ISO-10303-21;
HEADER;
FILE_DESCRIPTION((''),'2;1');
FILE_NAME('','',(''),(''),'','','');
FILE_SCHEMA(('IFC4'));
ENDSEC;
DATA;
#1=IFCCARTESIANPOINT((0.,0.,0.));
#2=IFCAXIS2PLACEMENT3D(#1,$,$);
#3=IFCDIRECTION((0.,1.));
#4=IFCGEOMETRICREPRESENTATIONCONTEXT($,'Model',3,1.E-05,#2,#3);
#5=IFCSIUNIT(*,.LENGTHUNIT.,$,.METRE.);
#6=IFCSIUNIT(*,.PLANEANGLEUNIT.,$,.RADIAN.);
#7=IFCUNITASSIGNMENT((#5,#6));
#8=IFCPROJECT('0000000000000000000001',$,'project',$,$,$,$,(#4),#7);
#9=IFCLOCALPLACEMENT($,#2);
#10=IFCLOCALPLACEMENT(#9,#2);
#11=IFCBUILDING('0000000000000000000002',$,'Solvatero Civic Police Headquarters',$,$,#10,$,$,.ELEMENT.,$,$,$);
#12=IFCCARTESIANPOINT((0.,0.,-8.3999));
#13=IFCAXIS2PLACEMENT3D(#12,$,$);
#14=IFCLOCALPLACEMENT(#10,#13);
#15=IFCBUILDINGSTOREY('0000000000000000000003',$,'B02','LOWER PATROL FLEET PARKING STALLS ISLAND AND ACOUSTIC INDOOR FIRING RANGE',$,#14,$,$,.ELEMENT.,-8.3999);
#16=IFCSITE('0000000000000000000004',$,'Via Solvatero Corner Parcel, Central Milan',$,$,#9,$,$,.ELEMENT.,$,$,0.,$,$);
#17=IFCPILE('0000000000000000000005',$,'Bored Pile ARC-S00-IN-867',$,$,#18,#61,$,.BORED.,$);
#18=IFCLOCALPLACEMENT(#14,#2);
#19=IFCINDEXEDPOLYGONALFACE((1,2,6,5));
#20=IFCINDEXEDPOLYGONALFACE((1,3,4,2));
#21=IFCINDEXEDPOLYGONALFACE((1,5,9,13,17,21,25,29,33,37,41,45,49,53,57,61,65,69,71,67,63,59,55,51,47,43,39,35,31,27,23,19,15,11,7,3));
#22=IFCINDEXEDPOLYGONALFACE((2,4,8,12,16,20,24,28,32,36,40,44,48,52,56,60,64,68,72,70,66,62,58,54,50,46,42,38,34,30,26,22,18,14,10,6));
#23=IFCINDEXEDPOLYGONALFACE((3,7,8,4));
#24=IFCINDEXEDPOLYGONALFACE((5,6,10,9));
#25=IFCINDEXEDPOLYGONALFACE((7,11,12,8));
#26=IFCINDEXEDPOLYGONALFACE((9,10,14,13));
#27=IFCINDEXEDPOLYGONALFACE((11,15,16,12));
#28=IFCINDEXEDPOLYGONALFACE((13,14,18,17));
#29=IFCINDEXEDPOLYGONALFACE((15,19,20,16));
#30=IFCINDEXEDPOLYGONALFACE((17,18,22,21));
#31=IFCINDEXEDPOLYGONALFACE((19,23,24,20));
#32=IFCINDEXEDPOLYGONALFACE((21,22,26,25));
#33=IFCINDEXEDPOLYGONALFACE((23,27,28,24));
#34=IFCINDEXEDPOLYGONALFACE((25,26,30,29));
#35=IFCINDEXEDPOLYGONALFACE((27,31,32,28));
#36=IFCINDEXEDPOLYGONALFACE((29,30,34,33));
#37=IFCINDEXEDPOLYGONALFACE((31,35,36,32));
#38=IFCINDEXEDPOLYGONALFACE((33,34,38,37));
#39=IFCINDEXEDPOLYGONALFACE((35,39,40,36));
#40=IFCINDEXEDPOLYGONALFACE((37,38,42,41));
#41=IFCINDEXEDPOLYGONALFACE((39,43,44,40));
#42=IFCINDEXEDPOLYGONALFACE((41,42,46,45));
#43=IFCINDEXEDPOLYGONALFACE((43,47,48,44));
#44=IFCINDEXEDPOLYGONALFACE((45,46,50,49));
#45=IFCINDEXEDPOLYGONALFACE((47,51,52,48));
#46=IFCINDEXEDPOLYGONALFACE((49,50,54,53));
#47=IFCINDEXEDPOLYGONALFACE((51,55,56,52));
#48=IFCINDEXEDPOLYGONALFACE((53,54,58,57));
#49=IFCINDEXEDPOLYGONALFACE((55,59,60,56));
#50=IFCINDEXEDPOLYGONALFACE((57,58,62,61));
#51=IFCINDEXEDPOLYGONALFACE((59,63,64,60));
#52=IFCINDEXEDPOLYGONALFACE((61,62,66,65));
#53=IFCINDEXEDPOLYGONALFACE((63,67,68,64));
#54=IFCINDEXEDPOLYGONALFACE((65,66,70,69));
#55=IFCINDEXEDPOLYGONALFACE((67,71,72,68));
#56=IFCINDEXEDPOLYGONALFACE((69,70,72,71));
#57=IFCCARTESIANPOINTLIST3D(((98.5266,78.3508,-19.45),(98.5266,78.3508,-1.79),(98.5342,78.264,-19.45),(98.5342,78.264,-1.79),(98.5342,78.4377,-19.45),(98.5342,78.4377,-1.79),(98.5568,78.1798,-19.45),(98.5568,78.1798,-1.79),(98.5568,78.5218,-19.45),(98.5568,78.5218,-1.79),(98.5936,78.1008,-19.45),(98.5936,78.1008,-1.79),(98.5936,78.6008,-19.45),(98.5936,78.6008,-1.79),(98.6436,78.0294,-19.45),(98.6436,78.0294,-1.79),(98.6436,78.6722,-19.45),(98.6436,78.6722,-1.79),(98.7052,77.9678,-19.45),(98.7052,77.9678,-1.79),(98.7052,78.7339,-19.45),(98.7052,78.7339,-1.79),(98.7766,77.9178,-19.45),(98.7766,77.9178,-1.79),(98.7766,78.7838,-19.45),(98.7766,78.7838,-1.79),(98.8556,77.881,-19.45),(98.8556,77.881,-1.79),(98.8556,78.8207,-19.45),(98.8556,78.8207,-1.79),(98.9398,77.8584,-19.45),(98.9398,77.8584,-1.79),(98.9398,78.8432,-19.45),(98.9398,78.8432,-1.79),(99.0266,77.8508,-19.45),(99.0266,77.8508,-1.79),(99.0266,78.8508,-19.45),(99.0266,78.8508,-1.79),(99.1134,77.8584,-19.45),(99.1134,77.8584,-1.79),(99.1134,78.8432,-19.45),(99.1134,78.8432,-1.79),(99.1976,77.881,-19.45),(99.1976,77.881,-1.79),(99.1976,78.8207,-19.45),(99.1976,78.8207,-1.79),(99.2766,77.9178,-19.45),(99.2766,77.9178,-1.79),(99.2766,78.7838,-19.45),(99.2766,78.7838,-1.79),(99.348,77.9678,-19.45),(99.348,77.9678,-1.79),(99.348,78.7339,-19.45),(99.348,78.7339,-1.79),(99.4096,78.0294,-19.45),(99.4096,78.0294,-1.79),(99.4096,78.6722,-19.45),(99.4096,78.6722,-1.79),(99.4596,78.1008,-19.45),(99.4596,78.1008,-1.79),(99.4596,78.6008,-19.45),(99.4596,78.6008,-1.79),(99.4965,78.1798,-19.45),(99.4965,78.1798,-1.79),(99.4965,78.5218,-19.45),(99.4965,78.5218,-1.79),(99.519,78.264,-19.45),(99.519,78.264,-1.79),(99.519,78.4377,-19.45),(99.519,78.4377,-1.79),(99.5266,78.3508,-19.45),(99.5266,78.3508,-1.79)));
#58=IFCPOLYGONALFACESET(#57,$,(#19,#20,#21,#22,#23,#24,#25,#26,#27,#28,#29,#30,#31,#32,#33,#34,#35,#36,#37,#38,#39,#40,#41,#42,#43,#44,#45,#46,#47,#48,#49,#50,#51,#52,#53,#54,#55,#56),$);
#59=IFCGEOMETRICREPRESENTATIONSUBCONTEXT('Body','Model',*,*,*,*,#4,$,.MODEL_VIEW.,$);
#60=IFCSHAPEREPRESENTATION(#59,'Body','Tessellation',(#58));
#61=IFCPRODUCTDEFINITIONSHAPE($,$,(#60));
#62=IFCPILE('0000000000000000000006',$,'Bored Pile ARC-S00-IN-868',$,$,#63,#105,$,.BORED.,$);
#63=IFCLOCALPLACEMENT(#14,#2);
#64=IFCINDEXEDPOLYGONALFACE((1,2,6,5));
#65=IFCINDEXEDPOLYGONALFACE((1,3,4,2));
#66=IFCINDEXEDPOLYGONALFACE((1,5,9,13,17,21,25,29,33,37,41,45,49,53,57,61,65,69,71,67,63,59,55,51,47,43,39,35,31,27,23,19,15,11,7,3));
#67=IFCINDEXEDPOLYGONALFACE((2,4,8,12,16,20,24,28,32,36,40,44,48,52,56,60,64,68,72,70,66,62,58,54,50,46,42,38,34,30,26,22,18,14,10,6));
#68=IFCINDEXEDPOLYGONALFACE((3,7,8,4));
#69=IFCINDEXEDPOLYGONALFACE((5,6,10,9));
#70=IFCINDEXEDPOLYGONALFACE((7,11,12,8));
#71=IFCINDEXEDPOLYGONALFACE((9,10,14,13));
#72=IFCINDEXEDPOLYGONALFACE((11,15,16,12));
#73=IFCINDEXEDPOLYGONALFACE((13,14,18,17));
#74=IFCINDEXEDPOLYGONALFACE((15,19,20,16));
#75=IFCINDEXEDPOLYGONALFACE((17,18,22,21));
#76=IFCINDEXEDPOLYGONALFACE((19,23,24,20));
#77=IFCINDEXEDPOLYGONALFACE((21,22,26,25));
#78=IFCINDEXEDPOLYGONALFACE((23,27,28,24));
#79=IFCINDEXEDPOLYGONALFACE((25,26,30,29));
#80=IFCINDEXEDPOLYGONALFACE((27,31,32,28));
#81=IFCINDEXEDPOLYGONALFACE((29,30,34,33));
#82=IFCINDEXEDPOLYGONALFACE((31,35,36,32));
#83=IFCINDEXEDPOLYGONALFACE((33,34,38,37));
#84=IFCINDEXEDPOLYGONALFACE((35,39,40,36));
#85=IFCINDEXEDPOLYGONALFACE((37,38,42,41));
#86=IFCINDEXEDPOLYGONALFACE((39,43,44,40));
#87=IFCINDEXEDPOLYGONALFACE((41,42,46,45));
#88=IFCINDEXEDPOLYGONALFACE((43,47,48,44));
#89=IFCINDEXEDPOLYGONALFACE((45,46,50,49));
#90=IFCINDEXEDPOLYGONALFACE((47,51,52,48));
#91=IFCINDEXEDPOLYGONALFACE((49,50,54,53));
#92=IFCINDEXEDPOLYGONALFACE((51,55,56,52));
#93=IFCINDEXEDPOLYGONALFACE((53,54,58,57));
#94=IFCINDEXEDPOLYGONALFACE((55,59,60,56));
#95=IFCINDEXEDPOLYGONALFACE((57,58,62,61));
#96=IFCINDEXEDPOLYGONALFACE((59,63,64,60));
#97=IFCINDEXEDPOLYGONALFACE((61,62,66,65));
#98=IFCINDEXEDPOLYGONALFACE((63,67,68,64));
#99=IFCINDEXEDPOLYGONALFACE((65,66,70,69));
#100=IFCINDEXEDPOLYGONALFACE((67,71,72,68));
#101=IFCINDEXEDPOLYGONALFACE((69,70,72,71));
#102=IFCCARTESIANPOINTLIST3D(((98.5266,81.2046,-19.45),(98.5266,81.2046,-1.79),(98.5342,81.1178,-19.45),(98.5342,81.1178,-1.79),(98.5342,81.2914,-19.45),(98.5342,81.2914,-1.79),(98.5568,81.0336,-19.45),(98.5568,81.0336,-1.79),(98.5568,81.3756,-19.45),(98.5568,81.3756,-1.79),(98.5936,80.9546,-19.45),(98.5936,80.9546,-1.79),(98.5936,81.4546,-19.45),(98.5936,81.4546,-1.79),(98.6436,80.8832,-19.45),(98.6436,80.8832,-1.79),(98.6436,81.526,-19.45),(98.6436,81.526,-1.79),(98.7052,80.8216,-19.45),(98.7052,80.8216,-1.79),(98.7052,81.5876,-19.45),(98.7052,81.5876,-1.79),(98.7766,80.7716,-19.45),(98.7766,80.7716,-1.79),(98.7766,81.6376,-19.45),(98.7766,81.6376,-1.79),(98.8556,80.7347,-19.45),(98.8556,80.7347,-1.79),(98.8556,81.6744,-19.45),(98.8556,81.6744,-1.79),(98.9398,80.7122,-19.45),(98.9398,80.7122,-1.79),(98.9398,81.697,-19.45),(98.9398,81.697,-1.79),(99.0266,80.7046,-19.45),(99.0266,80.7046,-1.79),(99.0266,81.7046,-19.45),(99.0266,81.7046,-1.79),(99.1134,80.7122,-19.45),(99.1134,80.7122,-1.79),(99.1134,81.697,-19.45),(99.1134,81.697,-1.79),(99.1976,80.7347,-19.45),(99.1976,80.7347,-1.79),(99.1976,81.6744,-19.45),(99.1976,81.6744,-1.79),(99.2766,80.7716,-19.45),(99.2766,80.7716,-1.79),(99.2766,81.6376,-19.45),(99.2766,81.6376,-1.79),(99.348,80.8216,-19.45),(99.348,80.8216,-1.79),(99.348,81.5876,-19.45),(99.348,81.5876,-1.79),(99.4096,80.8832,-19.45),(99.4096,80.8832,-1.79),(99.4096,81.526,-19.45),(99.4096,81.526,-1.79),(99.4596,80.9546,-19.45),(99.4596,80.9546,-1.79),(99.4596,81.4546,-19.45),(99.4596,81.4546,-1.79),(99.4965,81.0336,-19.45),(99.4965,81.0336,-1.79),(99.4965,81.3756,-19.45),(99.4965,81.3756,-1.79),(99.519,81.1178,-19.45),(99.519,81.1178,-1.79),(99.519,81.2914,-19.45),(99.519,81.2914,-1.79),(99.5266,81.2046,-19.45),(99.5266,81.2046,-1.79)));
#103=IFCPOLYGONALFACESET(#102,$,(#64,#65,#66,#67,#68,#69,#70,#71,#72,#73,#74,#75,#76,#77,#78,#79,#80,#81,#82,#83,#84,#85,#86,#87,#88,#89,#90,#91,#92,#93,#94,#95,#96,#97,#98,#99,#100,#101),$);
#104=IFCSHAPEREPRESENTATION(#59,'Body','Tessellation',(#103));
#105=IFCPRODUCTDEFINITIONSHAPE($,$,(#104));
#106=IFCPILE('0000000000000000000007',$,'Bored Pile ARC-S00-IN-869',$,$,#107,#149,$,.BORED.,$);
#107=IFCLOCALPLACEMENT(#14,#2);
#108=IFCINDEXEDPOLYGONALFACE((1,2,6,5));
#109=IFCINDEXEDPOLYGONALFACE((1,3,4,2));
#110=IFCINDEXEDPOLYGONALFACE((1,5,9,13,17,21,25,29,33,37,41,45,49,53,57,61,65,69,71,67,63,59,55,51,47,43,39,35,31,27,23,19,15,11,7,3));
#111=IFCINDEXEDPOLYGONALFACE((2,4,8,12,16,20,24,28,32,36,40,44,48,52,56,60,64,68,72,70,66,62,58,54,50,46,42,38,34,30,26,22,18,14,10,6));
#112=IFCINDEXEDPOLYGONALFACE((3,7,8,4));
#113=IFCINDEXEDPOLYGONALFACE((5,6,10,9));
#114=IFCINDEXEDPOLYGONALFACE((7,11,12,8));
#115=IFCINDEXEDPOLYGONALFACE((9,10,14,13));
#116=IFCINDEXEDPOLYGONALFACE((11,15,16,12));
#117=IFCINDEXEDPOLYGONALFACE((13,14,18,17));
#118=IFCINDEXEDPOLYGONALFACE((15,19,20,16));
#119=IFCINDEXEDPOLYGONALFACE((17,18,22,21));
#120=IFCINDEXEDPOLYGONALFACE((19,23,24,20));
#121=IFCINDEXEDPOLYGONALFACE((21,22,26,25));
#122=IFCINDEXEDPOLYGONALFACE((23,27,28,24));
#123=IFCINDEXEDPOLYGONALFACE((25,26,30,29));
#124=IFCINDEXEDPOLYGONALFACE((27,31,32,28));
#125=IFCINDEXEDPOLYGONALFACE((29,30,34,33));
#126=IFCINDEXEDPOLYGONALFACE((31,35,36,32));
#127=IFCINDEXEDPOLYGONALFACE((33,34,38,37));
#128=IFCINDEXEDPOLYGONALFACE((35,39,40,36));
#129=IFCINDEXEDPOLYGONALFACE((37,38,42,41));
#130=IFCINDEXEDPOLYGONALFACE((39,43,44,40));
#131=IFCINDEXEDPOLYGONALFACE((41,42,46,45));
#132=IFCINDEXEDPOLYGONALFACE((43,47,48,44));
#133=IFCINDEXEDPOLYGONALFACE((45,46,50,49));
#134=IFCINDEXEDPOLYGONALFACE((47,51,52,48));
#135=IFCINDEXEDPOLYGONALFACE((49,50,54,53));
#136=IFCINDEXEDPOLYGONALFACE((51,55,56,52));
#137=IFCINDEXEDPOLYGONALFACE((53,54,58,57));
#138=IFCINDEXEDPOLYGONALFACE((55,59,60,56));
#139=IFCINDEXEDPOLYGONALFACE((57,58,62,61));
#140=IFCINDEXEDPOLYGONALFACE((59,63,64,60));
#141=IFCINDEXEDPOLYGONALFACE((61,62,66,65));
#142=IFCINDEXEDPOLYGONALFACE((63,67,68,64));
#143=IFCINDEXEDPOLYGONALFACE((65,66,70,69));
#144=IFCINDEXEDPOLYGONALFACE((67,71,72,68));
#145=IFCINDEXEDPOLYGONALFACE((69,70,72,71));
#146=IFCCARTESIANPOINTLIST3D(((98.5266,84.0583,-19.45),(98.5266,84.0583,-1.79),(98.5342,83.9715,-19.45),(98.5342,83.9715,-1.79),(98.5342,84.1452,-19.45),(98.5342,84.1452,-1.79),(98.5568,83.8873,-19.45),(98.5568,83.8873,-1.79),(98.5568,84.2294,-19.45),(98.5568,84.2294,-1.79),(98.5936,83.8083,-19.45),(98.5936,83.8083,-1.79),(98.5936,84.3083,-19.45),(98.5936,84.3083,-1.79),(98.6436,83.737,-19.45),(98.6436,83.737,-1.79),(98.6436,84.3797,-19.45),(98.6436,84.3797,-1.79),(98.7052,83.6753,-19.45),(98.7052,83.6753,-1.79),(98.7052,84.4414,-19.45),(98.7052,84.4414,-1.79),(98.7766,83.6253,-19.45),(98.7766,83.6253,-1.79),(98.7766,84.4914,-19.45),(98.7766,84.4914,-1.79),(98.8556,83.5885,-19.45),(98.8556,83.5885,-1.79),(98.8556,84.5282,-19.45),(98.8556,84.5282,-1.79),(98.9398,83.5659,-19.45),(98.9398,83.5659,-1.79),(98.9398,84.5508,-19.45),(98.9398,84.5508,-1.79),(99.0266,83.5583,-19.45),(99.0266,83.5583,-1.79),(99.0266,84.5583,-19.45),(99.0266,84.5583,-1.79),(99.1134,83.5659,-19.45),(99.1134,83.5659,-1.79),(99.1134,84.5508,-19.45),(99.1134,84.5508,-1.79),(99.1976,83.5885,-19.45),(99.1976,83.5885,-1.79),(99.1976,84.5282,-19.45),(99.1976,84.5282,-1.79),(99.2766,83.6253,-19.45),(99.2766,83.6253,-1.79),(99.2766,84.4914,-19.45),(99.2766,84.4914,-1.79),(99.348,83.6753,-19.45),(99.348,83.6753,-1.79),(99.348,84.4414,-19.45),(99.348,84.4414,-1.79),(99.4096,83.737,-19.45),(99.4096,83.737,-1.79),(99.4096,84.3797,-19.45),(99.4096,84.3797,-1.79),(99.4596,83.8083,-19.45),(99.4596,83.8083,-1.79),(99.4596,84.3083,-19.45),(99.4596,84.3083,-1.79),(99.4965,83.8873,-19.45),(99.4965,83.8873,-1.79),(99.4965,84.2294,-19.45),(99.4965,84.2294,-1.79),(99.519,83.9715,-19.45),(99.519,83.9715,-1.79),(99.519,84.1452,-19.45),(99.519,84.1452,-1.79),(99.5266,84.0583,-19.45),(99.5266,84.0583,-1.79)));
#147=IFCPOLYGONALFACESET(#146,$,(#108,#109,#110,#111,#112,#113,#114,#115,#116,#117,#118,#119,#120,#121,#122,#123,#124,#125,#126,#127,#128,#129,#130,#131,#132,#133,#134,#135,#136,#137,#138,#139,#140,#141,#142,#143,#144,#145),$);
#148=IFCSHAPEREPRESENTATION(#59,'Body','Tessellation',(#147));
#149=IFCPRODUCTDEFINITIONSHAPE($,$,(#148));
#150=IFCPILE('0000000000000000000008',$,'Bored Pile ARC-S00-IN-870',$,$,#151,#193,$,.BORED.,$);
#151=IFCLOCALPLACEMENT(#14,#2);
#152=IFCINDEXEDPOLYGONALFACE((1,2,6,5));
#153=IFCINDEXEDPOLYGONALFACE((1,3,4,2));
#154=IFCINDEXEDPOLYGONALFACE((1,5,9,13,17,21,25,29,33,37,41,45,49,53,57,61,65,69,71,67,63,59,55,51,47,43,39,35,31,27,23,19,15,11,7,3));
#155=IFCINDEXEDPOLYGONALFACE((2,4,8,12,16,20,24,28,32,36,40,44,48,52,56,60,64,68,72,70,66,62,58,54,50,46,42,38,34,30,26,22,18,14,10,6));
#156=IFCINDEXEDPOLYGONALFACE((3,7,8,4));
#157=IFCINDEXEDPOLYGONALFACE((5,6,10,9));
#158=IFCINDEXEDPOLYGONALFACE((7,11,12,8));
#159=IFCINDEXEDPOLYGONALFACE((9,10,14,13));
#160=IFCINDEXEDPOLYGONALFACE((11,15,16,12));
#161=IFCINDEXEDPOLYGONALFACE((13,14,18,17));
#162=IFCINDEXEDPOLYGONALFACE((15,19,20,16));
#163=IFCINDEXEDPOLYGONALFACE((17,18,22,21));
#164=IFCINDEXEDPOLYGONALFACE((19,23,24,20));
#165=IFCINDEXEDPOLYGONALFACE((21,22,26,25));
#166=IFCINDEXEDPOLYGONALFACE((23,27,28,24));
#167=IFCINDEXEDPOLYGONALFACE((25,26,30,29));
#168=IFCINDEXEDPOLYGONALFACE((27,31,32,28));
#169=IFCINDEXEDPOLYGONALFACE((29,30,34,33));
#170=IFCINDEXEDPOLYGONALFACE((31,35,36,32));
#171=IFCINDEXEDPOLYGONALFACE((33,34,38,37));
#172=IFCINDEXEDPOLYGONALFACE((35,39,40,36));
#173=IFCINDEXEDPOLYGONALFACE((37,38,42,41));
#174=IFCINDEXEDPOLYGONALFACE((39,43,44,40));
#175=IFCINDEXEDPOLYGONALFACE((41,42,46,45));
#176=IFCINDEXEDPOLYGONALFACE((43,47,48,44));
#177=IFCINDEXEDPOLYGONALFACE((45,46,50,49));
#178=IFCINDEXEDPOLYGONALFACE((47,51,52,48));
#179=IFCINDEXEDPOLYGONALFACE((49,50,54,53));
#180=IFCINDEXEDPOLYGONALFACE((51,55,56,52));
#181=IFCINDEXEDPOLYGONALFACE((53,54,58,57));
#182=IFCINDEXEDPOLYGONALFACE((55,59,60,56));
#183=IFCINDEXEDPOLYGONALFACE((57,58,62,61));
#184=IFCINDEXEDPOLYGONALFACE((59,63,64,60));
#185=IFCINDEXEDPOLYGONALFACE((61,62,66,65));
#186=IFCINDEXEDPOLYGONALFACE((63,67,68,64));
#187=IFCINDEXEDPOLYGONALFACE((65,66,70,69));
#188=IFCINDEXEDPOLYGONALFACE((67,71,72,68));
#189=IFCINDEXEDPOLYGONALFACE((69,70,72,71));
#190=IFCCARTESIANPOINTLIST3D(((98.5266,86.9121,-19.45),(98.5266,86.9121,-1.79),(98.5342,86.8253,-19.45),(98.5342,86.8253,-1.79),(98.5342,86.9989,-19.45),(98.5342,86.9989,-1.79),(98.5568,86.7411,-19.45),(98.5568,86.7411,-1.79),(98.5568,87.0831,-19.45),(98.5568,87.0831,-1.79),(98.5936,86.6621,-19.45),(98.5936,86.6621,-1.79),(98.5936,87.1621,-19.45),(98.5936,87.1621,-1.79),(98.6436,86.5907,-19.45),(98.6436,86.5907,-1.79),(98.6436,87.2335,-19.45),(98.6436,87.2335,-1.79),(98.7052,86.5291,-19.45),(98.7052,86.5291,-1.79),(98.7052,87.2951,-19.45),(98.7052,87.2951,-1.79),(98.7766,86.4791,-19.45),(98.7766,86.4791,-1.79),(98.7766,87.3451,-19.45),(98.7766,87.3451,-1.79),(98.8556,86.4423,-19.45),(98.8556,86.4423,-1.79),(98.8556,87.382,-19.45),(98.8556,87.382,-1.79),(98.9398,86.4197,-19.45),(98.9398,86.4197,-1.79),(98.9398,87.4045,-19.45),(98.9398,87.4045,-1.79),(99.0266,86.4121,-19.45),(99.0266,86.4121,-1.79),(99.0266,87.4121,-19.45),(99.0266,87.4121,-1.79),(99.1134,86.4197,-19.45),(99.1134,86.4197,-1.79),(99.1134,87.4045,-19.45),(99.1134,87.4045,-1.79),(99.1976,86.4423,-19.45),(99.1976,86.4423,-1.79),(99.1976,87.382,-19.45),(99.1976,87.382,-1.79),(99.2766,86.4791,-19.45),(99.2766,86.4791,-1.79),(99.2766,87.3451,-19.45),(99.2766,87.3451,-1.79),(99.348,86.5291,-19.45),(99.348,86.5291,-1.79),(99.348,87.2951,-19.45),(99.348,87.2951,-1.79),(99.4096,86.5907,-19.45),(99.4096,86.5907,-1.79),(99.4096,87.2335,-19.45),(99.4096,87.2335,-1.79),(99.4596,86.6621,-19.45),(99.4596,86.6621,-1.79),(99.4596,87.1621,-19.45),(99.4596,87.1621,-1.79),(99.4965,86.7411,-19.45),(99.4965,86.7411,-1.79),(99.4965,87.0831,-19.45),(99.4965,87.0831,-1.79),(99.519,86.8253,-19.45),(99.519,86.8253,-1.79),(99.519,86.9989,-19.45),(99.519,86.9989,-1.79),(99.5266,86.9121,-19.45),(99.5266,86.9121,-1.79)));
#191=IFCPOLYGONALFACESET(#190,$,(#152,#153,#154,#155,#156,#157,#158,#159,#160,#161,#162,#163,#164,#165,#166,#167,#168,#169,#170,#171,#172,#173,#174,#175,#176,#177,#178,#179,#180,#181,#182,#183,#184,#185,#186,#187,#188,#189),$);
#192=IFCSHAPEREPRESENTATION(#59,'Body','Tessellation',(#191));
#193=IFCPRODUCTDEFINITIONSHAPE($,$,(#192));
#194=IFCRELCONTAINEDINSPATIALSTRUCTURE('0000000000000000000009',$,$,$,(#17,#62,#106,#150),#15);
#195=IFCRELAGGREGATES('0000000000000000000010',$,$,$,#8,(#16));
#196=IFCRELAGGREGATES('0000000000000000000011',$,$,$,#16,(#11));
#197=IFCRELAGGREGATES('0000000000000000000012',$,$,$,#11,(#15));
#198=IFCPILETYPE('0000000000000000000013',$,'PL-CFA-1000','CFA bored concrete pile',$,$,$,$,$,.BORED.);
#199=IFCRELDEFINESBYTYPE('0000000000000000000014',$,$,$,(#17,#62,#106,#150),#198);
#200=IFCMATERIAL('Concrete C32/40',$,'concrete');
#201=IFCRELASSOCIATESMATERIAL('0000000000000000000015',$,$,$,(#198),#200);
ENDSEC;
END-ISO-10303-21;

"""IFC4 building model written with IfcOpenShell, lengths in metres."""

from ifc_helpers import new_model, si_unit, direction, frame, origin, origin_2d, place, context, subcontext, project, spatial, circle, extrude, material, material_profile, profile_set, type_object, element, save


model = new_model("IFC4")

# Units and contexts
model_context = context("Model", 3, precision=1e-05, world=origin(), true_north=direction((0.0, 1.0)))
body_context = subcontext(model_context, "Body", "Model", "MODEL_VIEW")
ifc_project = project(units=[si_unit("LENGTHUNIT", "METRE"), si_unit("PLANEANGLEUNIT", "RADIAN")], contexts=[model_context])

# Site, building, storey
site_placement = place(None, origin())
site = spatial("IfcSite", under=ifc_project, at=site_placement, Name="Via Solvatero Corner Parcel, Central Milan", CompositionType="ELEMENT", RefElevation=0.0)
building_placement = place(site_placement, origin())
building = spatial("IfcBuilding", under=site, at=building_placement, Name="Solvatero Civic Police Headquarters", CompositionType="ELEMENT")
storey_placement = place(building_placement, frame((0.0, 0.0, -8.3999)))
storey = spatial("IfcBuildingStorey", under=building, at=storey_placement, Name="B02", Description="LOWER PATROL FLEET PARKING STALLS ISLAND AND ACOUSTIC INDOOR FIRING RANGE", CompositionType="ELEMENT", Elevation=-8.3999)

# Piles
ifc_material_1 = material(Name="Concrete C32/40", Category="concrete")
ifc_material_profile_1 = material_profile(ifc_material_1, circle(Radius=0.5, at=origin_2d()), Name="CFA PILE D1000")
ifc_profile_set_1 = profile_set([ifc_material_profile_1], Name="Concrete C32/40")
pile_type = type_object("IfcPileType", Name="PL-CFA-1000", Description="CFA bored concrete pile", PredefinedType="BORED", material=ifc_profile_set_1)
for number, where, z_axis, x_axis, name in (
    (1, (99.0266, 78.3508, -1.79), (0.0, 0.0, -1.0), (1.0, 0.0, 0.0), "Bored Pile ARC-S00-IN-867"),
    (2, (99.0266, 81.2046, -1.79), (0.0, 0.0, -1.0), (1.0, 0.0, 0.0), "Bored Pile ARC-S00-IN-868"),
    (3, (99.0266, 84.0583, -1.79), (0.0, 0.0, -1.0), (1.0, 0.0, 0.0), "Bored Pile ARC-S00-IN-869"),
    (4, (99.0266, 86.9121, -1.79), (0.0, 0.0, -1.0), (1.0, 0.0, 0.0), "Bored Pile ARC-S00-IN-870"),
):
    element("IfcPile", number, at=place(storey_placement, frame(where, z_axis=z_axis, x_axis=x_axis)), inside=storey, type_object=pile_type, Name=name, PredefinedType="BORED", context=body_context, shape_type="SweptSolid", body=[
        extrude(circle(Radius=0.5, at=origin_2d()), origin(), (0.0, 0.0, 1.0), 17.6599),
    ])

save(model, "model.ifc")
